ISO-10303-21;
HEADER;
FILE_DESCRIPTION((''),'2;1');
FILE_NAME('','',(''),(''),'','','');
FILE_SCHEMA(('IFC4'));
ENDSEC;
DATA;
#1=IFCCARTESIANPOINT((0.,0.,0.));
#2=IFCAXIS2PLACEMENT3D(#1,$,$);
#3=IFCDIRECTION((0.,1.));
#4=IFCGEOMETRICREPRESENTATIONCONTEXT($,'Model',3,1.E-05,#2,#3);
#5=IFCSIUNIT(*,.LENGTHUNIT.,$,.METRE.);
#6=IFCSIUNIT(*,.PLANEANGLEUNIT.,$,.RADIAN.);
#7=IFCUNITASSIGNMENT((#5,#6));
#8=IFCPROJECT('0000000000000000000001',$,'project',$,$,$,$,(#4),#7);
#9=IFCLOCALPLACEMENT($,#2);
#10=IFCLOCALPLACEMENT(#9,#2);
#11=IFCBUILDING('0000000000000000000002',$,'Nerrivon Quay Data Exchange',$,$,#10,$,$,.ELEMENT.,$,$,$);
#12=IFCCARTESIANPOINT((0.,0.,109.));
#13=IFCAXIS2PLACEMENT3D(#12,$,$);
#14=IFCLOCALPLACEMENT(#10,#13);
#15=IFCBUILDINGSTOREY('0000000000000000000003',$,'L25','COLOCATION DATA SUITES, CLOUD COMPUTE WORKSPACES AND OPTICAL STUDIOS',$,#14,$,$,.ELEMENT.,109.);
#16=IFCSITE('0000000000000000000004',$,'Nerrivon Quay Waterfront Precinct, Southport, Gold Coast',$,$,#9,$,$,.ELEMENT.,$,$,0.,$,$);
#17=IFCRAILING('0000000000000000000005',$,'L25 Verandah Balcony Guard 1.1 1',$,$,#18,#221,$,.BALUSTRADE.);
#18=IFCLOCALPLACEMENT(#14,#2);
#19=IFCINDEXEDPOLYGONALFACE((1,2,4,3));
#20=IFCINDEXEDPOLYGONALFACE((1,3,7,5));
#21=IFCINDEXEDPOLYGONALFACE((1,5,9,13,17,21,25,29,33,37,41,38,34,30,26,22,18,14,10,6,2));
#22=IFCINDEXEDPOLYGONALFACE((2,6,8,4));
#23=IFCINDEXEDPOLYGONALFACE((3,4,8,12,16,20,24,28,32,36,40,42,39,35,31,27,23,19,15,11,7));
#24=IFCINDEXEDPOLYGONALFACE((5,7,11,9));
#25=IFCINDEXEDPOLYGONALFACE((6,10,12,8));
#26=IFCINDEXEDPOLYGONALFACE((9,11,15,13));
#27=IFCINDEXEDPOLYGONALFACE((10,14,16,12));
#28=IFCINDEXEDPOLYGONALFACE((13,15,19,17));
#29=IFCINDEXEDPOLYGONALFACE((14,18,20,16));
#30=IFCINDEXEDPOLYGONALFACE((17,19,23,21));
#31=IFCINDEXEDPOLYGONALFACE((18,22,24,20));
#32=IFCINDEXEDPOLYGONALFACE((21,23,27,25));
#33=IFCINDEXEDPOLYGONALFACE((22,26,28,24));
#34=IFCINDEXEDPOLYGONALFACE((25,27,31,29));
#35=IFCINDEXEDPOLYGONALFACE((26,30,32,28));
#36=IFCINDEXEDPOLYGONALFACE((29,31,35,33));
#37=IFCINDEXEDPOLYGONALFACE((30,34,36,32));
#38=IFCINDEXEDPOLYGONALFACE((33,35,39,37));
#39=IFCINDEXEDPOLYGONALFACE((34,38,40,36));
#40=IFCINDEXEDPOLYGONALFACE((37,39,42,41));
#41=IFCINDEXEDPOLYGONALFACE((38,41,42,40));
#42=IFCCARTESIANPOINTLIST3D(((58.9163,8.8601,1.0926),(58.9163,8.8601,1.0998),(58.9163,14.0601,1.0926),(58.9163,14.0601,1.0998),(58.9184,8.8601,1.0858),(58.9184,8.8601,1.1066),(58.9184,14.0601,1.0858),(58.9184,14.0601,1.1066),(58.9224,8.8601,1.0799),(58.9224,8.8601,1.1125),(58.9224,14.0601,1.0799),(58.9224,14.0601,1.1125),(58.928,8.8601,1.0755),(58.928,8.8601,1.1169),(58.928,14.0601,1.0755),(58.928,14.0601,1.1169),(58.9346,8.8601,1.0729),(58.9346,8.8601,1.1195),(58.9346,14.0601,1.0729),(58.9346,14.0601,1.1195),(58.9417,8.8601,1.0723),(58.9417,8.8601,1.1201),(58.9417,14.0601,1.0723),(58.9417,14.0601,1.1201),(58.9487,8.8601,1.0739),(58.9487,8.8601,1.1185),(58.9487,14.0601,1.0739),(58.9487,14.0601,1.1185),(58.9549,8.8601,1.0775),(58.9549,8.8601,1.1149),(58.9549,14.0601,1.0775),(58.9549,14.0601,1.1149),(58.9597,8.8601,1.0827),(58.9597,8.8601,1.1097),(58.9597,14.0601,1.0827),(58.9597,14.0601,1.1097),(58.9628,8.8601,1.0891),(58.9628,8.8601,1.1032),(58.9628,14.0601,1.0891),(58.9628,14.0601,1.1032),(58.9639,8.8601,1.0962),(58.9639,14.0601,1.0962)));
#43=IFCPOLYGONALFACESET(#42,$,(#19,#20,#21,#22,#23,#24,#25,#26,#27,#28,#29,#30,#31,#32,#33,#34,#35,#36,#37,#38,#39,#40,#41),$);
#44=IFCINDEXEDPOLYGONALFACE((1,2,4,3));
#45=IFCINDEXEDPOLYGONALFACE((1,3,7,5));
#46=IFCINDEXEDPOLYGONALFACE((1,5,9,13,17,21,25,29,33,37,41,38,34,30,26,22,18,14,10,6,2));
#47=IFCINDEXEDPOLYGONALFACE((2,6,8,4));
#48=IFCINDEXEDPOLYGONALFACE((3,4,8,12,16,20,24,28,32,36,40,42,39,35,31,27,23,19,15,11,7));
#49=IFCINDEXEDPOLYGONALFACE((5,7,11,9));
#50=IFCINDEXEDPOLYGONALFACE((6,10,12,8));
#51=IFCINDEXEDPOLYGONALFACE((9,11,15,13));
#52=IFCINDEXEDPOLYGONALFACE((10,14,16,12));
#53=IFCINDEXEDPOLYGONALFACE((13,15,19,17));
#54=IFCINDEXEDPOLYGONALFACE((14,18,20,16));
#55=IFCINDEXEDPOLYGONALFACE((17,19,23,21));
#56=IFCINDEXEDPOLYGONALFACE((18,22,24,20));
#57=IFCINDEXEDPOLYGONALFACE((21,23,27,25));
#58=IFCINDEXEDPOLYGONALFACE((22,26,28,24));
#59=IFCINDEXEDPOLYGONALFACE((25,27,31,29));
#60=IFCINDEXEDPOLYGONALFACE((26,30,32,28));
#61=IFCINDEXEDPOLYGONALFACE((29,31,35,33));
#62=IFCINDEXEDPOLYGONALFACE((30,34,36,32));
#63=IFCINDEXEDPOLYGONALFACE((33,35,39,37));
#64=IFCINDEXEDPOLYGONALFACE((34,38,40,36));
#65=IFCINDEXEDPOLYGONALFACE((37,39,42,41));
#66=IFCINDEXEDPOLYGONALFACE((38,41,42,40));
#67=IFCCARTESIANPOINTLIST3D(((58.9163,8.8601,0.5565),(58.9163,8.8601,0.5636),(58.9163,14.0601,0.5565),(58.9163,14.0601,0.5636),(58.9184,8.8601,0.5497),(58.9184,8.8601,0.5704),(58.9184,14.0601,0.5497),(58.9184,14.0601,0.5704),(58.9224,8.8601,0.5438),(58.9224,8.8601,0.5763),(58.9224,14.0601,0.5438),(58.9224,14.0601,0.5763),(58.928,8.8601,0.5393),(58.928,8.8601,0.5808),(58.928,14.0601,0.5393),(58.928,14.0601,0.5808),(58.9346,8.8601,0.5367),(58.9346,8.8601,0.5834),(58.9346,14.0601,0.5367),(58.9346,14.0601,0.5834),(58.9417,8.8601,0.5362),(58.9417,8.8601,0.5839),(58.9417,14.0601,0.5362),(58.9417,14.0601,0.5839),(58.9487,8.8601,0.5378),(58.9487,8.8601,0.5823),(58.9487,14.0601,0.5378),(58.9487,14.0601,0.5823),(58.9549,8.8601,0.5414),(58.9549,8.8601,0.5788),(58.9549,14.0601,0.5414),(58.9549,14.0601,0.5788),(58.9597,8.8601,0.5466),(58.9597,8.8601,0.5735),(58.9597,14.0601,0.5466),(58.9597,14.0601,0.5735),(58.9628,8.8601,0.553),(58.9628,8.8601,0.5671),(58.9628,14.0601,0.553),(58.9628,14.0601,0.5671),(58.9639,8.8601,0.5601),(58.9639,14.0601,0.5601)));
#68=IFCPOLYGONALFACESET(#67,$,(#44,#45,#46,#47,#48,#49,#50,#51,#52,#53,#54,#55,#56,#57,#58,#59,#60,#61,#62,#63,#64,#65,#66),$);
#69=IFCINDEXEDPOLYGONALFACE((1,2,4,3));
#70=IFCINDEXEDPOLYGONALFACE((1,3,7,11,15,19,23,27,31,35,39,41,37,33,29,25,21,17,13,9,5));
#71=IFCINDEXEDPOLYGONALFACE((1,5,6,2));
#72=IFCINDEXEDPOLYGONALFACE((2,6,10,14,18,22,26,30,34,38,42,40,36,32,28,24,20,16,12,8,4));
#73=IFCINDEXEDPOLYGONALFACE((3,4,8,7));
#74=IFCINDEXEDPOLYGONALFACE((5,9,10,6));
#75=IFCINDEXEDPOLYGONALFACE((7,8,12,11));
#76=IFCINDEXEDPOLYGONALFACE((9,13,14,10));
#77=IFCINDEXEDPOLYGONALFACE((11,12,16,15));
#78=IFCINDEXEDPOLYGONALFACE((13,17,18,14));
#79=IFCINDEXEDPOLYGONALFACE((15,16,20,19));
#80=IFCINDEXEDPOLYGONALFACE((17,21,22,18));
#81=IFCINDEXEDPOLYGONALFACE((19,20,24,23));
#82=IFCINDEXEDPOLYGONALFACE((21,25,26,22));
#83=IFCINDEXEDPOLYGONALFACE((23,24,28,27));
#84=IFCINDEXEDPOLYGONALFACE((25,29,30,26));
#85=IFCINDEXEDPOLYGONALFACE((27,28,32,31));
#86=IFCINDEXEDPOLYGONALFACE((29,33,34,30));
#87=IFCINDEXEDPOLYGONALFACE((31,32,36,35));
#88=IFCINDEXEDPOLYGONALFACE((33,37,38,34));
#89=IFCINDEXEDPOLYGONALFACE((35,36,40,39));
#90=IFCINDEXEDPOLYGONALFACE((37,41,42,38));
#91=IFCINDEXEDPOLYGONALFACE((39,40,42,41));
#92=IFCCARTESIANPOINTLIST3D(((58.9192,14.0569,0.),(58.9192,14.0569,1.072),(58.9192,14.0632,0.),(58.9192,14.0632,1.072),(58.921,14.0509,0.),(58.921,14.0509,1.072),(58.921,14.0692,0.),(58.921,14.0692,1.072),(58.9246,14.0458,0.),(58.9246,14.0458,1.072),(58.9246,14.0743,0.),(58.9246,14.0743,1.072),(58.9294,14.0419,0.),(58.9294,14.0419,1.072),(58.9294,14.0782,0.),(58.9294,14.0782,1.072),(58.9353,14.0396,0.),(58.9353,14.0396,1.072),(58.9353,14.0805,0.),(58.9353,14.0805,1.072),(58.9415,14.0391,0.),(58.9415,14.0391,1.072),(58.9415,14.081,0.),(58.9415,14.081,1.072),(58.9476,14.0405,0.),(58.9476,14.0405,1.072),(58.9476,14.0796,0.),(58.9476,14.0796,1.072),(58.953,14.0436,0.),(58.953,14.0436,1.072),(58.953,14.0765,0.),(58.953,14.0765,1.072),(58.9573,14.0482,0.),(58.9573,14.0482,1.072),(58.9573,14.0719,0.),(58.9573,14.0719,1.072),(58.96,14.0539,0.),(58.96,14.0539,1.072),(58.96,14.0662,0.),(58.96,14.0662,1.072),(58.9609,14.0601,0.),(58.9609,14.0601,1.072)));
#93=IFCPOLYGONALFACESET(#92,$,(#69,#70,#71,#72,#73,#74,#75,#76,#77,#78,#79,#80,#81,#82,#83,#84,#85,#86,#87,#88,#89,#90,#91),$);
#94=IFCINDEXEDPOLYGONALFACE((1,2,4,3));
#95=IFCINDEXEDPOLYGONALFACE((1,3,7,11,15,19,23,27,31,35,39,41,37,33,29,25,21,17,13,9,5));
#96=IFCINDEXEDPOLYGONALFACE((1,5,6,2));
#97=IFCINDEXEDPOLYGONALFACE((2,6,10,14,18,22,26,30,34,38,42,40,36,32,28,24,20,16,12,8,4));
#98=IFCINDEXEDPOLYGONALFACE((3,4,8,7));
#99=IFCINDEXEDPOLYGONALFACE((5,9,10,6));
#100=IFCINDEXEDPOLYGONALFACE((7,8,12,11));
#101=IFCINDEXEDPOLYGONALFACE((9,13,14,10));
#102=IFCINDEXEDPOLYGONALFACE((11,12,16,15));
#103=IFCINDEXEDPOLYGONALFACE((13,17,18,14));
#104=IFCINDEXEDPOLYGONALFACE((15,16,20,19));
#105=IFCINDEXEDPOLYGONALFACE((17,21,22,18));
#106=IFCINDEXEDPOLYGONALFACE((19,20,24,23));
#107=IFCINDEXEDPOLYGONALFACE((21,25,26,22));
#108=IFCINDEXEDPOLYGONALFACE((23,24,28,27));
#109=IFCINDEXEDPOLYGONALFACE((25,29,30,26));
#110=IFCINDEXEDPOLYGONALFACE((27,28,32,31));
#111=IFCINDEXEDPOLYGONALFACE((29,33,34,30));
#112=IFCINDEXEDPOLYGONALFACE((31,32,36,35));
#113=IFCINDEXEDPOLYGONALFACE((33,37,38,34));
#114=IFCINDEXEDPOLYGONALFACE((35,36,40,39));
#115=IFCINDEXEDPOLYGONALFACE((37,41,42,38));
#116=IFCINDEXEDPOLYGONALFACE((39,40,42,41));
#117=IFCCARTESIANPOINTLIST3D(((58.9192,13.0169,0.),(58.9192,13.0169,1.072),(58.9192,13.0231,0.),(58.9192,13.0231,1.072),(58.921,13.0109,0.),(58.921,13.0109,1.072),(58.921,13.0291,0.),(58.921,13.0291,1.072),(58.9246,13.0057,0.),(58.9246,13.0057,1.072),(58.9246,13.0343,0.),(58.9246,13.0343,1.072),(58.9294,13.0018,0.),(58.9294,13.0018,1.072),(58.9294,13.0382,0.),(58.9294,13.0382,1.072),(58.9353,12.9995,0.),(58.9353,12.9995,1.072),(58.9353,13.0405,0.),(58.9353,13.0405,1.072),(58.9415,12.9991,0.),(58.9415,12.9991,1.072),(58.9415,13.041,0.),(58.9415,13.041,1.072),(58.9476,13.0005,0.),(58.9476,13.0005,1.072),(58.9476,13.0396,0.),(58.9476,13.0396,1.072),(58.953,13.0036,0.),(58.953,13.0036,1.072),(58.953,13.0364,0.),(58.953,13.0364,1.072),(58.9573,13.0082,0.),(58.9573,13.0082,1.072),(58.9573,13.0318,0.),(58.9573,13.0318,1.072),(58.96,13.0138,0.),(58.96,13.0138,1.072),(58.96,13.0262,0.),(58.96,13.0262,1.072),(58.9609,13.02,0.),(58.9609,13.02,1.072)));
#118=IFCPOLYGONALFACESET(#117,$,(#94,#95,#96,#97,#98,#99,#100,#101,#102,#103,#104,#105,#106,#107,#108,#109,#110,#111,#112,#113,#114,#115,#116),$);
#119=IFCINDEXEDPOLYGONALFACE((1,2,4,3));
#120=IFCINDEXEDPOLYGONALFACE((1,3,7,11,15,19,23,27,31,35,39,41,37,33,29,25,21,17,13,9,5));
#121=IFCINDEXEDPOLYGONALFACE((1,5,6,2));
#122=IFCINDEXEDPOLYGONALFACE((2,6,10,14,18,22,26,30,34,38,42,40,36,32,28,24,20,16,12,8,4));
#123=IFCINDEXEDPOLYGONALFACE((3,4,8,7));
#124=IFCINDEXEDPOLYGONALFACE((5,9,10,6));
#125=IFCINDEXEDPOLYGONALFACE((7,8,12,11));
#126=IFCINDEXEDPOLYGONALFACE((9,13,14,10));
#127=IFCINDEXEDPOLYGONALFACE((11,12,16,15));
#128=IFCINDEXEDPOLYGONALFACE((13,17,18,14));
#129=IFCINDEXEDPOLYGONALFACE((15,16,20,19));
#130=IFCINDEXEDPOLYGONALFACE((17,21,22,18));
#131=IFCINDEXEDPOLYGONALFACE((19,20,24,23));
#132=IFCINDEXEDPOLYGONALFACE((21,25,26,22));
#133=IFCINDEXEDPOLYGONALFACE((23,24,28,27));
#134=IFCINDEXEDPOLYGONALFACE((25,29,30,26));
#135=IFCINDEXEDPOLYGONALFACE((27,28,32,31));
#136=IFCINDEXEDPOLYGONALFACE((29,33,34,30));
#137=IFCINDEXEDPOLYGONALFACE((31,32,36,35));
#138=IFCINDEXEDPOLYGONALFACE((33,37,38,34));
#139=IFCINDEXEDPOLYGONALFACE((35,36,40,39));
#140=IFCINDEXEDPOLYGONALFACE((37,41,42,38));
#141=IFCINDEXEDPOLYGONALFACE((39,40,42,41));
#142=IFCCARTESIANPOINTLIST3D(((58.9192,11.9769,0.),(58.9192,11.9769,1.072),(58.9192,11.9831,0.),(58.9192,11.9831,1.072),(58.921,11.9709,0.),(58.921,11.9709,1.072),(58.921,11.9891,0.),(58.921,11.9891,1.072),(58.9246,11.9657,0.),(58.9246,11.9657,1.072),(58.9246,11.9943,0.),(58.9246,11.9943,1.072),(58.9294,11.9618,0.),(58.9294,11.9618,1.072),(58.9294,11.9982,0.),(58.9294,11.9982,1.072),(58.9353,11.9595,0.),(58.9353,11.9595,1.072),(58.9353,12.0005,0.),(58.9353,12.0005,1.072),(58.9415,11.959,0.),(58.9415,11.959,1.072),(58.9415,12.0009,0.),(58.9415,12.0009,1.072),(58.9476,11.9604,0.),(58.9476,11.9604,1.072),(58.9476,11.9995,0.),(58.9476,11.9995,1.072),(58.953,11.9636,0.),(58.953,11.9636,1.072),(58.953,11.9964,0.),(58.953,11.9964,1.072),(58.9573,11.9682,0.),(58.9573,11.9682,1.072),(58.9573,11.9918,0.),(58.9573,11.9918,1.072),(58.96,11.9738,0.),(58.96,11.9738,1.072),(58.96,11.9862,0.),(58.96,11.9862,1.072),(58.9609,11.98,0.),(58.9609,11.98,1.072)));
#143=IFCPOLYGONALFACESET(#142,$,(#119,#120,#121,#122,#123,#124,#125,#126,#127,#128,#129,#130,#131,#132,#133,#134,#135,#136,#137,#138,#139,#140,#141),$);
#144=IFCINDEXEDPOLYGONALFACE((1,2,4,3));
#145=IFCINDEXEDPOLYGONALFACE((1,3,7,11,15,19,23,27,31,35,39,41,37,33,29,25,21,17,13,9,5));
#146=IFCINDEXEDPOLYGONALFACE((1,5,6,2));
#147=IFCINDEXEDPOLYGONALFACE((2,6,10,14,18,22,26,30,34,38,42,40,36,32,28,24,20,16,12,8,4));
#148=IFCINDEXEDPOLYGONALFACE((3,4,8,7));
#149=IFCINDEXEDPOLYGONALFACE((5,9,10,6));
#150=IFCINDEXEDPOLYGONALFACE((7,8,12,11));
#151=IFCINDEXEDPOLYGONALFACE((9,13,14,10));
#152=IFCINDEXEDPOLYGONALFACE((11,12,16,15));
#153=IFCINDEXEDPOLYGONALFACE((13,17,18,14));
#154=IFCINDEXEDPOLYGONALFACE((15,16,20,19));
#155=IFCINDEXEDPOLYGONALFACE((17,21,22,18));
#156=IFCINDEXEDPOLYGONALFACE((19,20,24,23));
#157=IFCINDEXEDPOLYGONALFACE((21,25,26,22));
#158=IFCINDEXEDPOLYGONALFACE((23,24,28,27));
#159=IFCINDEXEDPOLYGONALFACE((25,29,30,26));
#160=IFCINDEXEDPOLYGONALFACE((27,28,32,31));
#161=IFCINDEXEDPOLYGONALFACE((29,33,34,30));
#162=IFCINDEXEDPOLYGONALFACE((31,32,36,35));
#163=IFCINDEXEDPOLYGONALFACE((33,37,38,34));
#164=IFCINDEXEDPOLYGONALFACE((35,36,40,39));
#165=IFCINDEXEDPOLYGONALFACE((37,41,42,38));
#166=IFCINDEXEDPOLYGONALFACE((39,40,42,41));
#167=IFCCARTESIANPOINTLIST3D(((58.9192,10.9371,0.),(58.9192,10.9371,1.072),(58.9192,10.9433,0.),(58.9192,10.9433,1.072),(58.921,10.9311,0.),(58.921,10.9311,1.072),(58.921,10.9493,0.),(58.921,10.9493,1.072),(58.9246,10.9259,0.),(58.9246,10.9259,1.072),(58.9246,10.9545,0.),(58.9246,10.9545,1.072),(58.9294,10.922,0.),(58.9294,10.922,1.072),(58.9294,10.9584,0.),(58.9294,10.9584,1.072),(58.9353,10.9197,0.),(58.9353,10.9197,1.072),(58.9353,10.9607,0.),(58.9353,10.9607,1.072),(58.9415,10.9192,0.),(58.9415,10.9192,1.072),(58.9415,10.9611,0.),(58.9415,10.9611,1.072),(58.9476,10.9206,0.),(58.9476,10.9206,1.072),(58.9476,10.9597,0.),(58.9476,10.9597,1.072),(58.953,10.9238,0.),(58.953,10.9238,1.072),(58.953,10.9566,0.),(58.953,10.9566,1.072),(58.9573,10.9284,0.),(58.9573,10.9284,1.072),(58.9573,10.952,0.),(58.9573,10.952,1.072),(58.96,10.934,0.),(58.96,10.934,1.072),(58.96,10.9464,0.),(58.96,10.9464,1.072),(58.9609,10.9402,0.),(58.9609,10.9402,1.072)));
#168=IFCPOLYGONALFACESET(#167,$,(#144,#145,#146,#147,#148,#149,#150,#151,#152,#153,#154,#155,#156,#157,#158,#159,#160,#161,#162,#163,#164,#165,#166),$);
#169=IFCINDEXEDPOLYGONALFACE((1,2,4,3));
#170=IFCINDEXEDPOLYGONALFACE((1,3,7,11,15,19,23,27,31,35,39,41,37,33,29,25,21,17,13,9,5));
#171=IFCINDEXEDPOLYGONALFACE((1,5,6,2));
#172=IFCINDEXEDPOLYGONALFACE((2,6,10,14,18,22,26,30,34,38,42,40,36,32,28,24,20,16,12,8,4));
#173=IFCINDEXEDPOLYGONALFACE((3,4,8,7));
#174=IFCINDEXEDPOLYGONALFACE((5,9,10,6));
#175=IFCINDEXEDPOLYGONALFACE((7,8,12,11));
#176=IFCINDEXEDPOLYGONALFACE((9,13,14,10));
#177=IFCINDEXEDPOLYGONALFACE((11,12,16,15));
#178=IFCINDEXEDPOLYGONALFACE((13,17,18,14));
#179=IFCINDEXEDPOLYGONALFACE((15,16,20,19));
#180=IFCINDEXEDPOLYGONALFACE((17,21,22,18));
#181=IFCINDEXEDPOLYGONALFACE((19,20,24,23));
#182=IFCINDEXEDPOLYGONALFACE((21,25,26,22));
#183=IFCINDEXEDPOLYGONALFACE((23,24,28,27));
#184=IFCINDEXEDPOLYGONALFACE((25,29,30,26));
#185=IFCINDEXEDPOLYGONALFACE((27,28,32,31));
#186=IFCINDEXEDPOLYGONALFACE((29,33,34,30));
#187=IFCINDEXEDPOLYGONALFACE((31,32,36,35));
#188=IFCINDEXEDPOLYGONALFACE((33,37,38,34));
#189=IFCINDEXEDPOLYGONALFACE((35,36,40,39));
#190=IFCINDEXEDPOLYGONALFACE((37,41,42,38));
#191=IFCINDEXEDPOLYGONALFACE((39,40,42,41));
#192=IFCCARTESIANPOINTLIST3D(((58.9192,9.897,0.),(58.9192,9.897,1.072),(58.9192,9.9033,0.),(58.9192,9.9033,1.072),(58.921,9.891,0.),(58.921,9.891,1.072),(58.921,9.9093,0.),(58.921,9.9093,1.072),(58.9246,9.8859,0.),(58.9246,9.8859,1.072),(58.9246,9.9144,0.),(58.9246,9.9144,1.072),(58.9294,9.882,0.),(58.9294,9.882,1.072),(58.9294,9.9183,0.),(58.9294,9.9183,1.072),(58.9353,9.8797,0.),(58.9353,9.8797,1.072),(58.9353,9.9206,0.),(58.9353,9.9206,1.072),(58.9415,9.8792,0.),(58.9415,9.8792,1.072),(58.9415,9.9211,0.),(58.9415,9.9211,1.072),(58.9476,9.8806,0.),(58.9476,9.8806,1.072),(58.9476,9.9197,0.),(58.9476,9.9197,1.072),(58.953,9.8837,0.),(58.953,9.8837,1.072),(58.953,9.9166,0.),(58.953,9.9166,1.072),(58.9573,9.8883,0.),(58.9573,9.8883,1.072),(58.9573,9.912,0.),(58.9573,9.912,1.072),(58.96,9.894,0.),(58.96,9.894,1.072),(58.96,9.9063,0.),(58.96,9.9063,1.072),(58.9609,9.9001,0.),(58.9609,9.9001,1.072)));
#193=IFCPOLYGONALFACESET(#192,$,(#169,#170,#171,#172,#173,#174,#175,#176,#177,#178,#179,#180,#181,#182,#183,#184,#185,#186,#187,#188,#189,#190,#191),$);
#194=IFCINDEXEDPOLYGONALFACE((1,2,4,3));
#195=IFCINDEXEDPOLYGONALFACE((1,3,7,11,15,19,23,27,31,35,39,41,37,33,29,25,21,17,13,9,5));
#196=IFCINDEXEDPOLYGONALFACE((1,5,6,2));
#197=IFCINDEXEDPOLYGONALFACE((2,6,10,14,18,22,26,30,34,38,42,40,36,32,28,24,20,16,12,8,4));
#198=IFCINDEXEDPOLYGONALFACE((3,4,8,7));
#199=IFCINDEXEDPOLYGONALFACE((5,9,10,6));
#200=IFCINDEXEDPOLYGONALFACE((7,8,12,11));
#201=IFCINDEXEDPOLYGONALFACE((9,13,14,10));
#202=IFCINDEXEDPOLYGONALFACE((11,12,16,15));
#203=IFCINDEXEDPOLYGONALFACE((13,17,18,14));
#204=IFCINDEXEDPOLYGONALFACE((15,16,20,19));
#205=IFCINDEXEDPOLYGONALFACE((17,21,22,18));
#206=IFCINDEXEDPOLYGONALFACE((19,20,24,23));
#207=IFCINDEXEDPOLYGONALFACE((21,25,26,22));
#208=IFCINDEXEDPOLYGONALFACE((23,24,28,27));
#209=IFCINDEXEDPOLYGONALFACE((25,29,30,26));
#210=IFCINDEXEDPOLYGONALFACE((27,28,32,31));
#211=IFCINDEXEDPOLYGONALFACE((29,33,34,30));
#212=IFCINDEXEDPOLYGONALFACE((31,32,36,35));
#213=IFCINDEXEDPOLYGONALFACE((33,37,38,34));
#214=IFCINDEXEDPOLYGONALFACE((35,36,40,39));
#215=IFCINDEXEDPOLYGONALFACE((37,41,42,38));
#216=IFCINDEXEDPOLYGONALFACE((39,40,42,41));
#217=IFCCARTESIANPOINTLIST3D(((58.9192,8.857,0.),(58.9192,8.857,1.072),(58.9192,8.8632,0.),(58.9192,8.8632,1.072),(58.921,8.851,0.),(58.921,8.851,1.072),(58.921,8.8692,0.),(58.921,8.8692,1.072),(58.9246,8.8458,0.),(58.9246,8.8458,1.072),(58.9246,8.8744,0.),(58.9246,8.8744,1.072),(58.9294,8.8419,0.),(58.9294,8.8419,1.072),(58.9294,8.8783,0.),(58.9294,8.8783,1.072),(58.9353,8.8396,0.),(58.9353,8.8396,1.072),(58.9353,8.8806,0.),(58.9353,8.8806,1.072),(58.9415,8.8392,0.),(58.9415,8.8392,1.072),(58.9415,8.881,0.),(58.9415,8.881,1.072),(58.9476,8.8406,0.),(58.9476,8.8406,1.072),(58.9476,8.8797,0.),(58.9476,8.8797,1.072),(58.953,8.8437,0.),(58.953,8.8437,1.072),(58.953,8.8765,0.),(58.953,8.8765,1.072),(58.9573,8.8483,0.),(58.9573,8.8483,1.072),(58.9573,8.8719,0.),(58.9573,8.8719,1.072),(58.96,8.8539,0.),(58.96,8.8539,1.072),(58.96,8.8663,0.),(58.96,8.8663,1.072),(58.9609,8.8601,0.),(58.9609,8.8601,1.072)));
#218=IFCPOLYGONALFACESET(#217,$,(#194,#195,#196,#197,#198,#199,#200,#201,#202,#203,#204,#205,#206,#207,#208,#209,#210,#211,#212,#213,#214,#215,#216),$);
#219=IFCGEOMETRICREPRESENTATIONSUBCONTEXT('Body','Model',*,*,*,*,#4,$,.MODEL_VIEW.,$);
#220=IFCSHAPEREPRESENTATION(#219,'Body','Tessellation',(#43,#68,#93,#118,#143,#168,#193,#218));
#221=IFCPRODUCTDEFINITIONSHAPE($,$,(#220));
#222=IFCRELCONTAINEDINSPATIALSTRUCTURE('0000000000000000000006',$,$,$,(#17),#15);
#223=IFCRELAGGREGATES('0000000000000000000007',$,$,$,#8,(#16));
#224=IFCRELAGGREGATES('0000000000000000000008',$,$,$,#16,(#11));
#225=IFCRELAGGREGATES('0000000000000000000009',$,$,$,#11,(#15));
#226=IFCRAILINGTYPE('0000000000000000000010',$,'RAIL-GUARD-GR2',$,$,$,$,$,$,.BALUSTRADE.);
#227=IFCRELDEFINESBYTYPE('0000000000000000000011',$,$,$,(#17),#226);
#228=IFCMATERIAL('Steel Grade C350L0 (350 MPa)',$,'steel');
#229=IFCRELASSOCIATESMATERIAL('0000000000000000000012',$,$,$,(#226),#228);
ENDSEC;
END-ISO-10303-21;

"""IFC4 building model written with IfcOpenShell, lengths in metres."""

from ifc_helpers import new_model, si_unit, direction, frame, origin, origin_2d, place, context, subcontext, project, spatial, circle, extrude, material, type_object, element, save


model = new_model("IFC4")

# Units and contexts
model_context = context("Model", 3, precision=1e-05, world=origin(), true_north=direction((0.0, 1.0)))
body_context = subcontext(model_context, "Body", "Model", "MODEL_VIEW")
ifc_project = project(units=[si_unit("LENGTHUNIT", "METRE"), si_unit("PLANEANGLEUNIT", "RADIAN")], contexts=[model_context])

# Site, building, storey
site_placement = place(None, origin())
site = spatial("IfcSite", under=ifc_project, at=site_placement, Name="Nerrivon Quay Waterfront Precinct, Southport, Gold Coast", CompositionType="ELEMENT", RefElevation=0.0)
building_placement = place(site_placement, origin())
building = spatial("IfcBuilding", under=site, at=building_placement, Name="Nerrivon Quay Data Exchange", CompositionType="ELEMENT")
storey_placement = place(building_placement, frame((0.0, 0.0, 109.0)))
storey = spatial("IfcBuildingStorey", under=building, at=storey_placement, Name="L25", Description="COLOCATION DATA SUITES, CLOUD COMPUTE WORKSPACES AND OPTICAL STUDIOS", CompositionType="ELEMENT", Elevation=109.0)

# Shared definitions
ifc_material_1 = material(Name="Steel Grade C350L0 (350 MPa)", Category="steel")

# Railing
railing_type = type_object("IfcRailingType", Name="RAIL-GUARD-GR2", PredefinedType="BALUSTRADE", material=ifc_material_1)
railing_1_placement = place(storey_placement, frame((58.9399, 14.0601, 0.0)))
element("IfcRailing", 1, at=railing_1_placement, inside=storey, type_object=railing_type, Name="L25 Verandah Balcony Guard 1.1 1", PredefinedType="BALUSTRADE", context=body_context, shape_type="SweptSolid", body=[
    extrude(circle(Radius=0.0239, at=origin_2d()), frame((0.0, 0.0, 1.0962), z_axis=(0.0, -1.0, 0.0), x_axis=(1.0, 0.0, 0.0)), (0.0, 0.0, 1.0), 5.2),
    extrude(circle(Radius=0.0239, at=origin_2d()), frame((0.0, 0.0, 0.5601), z_axis=(0.0, -1.0, 0.0), x_axis=(1.0, 0.0, 0.0)), (0.0, 0.0, 1.0), 5.2),
    extrude(circle(Radius=0.021, at=origin_2d()), origin(), (0.0, 0.0, 1.0), 1.072),
    extrude(circle(Radius=0.021, at=origin_2d()), frame((0.0, -1.04, 0.0)), (0.0, 0.0, 1.0), 1.072),
    extrude(circle(Radius=0.021, at=origin_2d()), frame((0.0, -2.0801, 0.0)), (0.0, 0.0, 1.0), 1.072),
    extrude(circle(Radius=0.021, at=origin_2d()), frame((0.0, -3.1199, 0.0)), (0.0, 0.0, 1.0), 1.072),
    extrude(circle(Radius=0.021, at=origin_2d()), frame((0.0, -4.1599, 0.0)), (0.0, 0.0, 1.0), 1.072),
    extrude(circle(Radius=0.021, at=origin_2d()), frame((0.0, -5.2, 0.0)), (0.0, 0.0, 1.0), 1.072),
])

save(model, "model.ifc")
